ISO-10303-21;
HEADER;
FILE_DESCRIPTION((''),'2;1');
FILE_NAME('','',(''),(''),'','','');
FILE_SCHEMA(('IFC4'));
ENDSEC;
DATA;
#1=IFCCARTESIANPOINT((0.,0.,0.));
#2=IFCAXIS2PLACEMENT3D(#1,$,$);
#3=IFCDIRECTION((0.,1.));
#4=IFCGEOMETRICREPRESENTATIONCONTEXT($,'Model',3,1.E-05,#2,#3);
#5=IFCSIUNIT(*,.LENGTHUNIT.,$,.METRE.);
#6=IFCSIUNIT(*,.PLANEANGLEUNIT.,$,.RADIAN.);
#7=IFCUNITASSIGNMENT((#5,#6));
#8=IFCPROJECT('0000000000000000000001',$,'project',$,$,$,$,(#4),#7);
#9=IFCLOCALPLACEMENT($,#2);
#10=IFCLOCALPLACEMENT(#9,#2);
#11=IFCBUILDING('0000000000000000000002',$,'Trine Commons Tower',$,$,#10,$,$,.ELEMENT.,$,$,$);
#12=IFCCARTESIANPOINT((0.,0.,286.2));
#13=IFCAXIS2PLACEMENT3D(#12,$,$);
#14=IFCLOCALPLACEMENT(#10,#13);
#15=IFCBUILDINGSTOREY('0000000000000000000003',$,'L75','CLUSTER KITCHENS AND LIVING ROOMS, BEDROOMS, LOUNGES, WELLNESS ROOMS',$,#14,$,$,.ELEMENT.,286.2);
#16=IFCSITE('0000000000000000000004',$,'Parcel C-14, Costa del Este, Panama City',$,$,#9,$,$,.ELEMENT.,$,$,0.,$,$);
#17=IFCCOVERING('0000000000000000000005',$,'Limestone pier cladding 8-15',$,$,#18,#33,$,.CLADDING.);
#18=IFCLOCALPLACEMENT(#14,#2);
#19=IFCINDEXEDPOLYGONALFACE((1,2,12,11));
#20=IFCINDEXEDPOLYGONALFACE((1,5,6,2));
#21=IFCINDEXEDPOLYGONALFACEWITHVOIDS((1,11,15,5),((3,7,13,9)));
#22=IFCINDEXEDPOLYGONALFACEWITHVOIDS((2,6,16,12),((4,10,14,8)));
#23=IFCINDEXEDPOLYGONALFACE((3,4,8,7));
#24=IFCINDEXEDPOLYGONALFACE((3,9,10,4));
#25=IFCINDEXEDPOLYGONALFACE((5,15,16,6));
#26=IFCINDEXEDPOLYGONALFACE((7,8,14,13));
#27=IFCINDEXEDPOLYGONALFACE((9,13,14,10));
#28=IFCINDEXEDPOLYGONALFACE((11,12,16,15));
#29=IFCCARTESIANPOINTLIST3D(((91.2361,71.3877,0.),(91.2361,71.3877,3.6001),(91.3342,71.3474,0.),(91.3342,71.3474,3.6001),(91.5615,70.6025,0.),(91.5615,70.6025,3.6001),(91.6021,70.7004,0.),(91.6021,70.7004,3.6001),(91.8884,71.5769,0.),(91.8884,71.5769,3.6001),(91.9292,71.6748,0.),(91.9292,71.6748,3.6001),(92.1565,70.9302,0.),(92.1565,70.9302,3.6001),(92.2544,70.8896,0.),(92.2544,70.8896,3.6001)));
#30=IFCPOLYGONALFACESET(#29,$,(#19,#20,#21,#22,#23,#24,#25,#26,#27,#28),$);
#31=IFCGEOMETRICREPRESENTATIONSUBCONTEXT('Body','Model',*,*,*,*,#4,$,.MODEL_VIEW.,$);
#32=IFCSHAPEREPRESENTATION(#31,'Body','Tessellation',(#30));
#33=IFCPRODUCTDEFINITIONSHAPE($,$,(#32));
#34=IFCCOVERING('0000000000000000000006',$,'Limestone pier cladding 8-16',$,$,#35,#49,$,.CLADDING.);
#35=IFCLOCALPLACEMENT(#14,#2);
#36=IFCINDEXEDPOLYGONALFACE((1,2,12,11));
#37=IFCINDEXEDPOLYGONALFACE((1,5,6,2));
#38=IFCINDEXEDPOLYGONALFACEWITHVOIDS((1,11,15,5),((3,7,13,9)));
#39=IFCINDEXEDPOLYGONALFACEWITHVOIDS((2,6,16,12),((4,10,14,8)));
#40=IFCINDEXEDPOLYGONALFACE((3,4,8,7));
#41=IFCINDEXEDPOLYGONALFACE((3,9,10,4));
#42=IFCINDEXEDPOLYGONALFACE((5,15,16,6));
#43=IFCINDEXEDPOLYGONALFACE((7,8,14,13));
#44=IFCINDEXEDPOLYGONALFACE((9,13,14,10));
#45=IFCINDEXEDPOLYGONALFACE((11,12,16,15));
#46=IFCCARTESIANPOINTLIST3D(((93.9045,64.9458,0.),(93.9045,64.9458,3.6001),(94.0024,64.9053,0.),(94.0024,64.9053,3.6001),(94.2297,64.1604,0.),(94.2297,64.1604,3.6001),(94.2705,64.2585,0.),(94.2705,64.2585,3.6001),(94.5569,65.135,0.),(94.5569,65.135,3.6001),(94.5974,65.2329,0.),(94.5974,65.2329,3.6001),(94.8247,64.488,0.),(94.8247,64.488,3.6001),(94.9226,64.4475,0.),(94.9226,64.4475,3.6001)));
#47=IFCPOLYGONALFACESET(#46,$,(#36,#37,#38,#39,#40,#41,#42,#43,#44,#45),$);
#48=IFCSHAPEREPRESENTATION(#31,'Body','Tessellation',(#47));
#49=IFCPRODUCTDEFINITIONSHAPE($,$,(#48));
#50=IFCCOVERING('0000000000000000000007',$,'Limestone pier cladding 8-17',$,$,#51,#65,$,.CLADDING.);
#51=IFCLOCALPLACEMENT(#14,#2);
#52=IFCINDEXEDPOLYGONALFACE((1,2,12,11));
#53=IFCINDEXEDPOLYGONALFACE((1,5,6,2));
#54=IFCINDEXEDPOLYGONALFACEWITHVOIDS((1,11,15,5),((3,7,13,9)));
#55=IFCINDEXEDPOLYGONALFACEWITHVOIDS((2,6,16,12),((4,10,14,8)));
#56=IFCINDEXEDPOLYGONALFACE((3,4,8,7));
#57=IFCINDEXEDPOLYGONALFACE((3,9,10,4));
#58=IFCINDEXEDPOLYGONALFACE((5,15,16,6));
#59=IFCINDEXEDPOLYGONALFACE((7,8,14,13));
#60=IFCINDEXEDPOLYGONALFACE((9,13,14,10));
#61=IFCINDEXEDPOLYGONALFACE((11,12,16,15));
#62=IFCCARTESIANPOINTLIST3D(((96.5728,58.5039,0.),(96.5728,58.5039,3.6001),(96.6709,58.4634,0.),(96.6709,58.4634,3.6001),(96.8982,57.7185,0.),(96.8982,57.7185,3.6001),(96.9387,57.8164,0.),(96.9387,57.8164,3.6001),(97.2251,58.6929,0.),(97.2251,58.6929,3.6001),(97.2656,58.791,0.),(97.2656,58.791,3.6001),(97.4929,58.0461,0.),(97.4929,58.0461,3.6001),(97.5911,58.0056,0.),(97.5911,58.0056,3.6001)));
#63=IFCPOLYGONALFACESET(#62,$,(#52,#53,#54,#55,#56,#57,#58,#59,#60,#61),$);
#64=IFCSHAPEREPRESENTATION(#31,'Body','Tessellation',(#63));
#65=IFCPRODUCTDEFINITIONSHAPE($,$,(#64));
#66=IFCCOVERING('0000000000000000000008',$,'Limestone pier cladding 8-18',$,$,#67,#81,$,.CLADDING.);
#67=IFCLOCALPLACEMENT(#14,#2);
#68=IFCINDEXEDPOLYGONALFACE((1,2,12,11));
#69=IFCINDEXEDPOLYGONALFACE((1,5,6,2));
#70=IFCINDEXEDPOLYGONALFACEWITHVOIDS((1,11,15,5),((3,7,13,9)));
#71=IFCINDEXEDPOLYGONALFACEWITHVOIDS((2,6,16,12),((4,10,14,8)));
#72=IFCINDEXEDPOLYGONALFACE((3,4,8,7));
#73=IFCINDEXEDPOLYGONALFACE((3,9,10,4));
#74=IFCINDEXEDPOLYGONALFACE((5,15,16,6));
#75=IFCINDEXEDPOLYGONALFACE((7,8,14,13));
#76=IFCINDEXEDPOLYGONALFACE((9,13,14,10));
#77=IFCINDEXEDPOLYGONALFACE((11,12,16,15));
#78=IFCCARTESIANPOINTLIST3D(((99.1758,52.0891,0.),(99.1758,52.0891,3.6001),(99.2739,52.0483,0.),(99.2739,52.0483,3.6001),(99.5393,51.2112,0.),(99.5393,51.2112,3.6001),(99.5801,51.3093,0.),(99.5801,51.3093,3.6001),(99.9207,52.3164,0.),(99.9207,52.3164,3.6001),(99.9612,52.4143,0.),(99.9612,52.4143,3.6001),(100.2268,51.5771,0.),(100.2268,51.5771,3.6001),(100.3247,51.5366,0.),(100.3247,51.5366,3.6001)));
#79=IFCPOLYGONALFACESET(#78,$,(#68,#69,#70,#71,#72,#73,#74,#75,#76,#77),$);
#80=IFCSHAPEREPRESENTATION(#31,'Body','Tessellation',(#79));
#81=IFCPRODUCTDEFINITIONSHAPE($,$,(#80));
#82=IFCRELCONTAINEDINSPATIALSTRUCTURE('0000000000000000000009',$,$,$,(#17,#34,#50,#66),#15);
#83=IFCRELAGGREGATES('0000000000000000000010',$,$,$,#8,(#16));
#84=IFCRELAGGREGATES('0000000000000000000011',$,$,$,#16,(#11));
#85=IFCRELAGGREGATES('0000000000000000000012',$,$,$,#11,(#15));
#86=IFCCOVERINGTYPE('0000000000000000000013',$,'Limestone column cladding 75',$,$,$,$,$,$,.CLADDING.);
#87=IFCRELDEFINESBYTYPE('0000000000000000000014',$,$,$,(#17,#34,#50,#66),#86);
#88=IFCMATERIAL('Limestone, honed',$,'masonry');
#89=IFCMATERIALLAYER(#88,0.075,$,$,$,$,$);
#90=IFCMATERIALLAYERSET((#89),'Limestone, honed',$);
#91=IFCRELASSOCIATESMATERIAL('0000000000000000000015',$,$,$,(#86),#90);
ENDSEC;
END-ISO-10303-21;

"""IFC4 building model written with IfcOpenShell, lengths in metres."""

from ifc_helpers import new_model, si_unit, direction, frame, origin, place, context, subcontext, project, spatial, polyline, outline, extrude, material, layer, layer_set, type_object, element, save


model = new_model("IFC4")

# Units and contexts
model_context = context("Model", 3, precision=1e-05, world=origin(), true_north=direction((0.0, 1.0)))
body_context = subcontext(model_context, "Body", "Model", "MODEL_VIEW")
ifc_project = project(units=[si_unit("LENGTHUNIT", "METRE"), si_unit("PLANEANGLEUNIT", "RADIAN")], contexts=[model_context])

# Site, building, storey
site_placement = place(None, origin())
site = spatial("IfcSite", under=ifc_project, at=site_placement, Name="Parcel C-14, Costa del Este, Panama City", CompositionType="ELEMENT", RefElevation=0.0)
building_placement = place(site_placement, origin())
building = spatial("IfcBuilding", under=site, at=building_placement, Name="Trine Commons Tower", CompositionType="ELEMENT")
storey_placement = place(building_placement, frame((0.0, 0.0, 286.2)))
storey = spatial("IfcBuildingStorey", under=building, at=storey_placement, Name="L75", Description="CLUSTER KITCHENS AND LIVING ROOMS, BEDROOMS, LOUNGES, WELLNESS ROOMS", CompositionType="ELEMENT", Elevation=286.2)

# Coverings
ifc_material_1 = material(Name="Limestone, honed", Category="masonry")
ifc_layer_1 = layer(ifc_material_1, 0.075)
ifc_layer_set_1 = layer_set([ifc_layer_1], Name="Limestone, honed")
covering_type_1 = type_object("IfcCoveringType", Name="Limestone column cladding 75", PredefinedType="CLADDING", material=ifc_layer_set_1)
covering_1_placement = place(storey_placement, origin())
element("IfcCovering", 1, at=covering_1_placement, inside=storey, type_object=covering_type_1, Name="Limestone pier cladding 8-15", PredefinedType="CLADDING", context=body_context, shape_type="SweptSolid", body=[
    extrude(outline(polyline([(91.9292, 71.6748), (91.2361, 71.3877), (91.5615, 70.6025), (92.2544, 70.8896), (91.9292, 71.6748)]), holes=[polyline([(91.8884, 71.5769), (91.3342, 71.3474), (91.6021, 70.7004), (92.1565, 70.9302), (91.8884, 71.5769)])]), origin(), (0.0, 0.0, 1.0), 3.6001),
])
covering_2_placement = place(storey_placement, origin())
element("IfcCovering", 2, at=covering_2_placement, inside=storey, type_object=covering_type_1, Name="Limestone pier cladding 8-16", PredefinedType="CLADDING", context=body_context, shape_type="SweptSolid", body=[
    extrude(outline(polyline([(94.5974, 65.2329), (93.9045, 64.9458), (94.2297, 64.1604), (94.9226, 64.4475), (94.5974, 65.2329)]), holes=[polyline([(94.5569, 65.135), (94.0024, 64.9053), (94.2705, 64.2585), (94.8247, 64.488), (94.5569, 65.135)])]), origin(), (0.0, 0.0, 1.0), 3.6001),
])
covering_3_placement = place(storey_placement, origin())
element("IfcCovering", 3, at=covering_3_placement, inside=storey, type_object=covering_type_1, Name="Limestone pier cladding 8-17", PredefinedType="CLADDING", context=body_context, shape_type="SweptSolid", body=[
    extrude(outline(polyline([(97.2656, 58.791), (96.5728, 58.5039), (96.8982, 57.7185), (97.5911, 58.0056), (97.2656, 58.791)]), holes=[polyline([(97.2251, 58.6929), (96.6709, 58.4634), (96.9387, 57.8164), (97.4929, 58.0461), (97.2251, 58.6929)])]), origin(), (0.0, 0.0, 1.0), 3.6001),
])
covering_4_placement = place(storey_placement, origin())
element("IfcCovering", 4, at=covering_4_placement, inside=storey, type_object=covering_type_1, Name="Limestone pier cladding 8-18", PredefinedType="CLADDING", context=body_context, shape_type="SweptSolid", body=[
    extrude(outline(polyline([(99.9612, 52.4143), (99.1758, 52.0891), (99.5393, 51.2112), (100.3247, 51.5366), (99.9612, 52.4143)]), holes=[polyline([(99.9207, 52.3164), (99.2739, 52.0483), (99.5801, 51.3093), (100.2268, 51.5771), (99.9207, 52.3164)])]), origin(), (0.0, 0.0, 1.0), 3.6001),
])

save(model, "model.ifc")
